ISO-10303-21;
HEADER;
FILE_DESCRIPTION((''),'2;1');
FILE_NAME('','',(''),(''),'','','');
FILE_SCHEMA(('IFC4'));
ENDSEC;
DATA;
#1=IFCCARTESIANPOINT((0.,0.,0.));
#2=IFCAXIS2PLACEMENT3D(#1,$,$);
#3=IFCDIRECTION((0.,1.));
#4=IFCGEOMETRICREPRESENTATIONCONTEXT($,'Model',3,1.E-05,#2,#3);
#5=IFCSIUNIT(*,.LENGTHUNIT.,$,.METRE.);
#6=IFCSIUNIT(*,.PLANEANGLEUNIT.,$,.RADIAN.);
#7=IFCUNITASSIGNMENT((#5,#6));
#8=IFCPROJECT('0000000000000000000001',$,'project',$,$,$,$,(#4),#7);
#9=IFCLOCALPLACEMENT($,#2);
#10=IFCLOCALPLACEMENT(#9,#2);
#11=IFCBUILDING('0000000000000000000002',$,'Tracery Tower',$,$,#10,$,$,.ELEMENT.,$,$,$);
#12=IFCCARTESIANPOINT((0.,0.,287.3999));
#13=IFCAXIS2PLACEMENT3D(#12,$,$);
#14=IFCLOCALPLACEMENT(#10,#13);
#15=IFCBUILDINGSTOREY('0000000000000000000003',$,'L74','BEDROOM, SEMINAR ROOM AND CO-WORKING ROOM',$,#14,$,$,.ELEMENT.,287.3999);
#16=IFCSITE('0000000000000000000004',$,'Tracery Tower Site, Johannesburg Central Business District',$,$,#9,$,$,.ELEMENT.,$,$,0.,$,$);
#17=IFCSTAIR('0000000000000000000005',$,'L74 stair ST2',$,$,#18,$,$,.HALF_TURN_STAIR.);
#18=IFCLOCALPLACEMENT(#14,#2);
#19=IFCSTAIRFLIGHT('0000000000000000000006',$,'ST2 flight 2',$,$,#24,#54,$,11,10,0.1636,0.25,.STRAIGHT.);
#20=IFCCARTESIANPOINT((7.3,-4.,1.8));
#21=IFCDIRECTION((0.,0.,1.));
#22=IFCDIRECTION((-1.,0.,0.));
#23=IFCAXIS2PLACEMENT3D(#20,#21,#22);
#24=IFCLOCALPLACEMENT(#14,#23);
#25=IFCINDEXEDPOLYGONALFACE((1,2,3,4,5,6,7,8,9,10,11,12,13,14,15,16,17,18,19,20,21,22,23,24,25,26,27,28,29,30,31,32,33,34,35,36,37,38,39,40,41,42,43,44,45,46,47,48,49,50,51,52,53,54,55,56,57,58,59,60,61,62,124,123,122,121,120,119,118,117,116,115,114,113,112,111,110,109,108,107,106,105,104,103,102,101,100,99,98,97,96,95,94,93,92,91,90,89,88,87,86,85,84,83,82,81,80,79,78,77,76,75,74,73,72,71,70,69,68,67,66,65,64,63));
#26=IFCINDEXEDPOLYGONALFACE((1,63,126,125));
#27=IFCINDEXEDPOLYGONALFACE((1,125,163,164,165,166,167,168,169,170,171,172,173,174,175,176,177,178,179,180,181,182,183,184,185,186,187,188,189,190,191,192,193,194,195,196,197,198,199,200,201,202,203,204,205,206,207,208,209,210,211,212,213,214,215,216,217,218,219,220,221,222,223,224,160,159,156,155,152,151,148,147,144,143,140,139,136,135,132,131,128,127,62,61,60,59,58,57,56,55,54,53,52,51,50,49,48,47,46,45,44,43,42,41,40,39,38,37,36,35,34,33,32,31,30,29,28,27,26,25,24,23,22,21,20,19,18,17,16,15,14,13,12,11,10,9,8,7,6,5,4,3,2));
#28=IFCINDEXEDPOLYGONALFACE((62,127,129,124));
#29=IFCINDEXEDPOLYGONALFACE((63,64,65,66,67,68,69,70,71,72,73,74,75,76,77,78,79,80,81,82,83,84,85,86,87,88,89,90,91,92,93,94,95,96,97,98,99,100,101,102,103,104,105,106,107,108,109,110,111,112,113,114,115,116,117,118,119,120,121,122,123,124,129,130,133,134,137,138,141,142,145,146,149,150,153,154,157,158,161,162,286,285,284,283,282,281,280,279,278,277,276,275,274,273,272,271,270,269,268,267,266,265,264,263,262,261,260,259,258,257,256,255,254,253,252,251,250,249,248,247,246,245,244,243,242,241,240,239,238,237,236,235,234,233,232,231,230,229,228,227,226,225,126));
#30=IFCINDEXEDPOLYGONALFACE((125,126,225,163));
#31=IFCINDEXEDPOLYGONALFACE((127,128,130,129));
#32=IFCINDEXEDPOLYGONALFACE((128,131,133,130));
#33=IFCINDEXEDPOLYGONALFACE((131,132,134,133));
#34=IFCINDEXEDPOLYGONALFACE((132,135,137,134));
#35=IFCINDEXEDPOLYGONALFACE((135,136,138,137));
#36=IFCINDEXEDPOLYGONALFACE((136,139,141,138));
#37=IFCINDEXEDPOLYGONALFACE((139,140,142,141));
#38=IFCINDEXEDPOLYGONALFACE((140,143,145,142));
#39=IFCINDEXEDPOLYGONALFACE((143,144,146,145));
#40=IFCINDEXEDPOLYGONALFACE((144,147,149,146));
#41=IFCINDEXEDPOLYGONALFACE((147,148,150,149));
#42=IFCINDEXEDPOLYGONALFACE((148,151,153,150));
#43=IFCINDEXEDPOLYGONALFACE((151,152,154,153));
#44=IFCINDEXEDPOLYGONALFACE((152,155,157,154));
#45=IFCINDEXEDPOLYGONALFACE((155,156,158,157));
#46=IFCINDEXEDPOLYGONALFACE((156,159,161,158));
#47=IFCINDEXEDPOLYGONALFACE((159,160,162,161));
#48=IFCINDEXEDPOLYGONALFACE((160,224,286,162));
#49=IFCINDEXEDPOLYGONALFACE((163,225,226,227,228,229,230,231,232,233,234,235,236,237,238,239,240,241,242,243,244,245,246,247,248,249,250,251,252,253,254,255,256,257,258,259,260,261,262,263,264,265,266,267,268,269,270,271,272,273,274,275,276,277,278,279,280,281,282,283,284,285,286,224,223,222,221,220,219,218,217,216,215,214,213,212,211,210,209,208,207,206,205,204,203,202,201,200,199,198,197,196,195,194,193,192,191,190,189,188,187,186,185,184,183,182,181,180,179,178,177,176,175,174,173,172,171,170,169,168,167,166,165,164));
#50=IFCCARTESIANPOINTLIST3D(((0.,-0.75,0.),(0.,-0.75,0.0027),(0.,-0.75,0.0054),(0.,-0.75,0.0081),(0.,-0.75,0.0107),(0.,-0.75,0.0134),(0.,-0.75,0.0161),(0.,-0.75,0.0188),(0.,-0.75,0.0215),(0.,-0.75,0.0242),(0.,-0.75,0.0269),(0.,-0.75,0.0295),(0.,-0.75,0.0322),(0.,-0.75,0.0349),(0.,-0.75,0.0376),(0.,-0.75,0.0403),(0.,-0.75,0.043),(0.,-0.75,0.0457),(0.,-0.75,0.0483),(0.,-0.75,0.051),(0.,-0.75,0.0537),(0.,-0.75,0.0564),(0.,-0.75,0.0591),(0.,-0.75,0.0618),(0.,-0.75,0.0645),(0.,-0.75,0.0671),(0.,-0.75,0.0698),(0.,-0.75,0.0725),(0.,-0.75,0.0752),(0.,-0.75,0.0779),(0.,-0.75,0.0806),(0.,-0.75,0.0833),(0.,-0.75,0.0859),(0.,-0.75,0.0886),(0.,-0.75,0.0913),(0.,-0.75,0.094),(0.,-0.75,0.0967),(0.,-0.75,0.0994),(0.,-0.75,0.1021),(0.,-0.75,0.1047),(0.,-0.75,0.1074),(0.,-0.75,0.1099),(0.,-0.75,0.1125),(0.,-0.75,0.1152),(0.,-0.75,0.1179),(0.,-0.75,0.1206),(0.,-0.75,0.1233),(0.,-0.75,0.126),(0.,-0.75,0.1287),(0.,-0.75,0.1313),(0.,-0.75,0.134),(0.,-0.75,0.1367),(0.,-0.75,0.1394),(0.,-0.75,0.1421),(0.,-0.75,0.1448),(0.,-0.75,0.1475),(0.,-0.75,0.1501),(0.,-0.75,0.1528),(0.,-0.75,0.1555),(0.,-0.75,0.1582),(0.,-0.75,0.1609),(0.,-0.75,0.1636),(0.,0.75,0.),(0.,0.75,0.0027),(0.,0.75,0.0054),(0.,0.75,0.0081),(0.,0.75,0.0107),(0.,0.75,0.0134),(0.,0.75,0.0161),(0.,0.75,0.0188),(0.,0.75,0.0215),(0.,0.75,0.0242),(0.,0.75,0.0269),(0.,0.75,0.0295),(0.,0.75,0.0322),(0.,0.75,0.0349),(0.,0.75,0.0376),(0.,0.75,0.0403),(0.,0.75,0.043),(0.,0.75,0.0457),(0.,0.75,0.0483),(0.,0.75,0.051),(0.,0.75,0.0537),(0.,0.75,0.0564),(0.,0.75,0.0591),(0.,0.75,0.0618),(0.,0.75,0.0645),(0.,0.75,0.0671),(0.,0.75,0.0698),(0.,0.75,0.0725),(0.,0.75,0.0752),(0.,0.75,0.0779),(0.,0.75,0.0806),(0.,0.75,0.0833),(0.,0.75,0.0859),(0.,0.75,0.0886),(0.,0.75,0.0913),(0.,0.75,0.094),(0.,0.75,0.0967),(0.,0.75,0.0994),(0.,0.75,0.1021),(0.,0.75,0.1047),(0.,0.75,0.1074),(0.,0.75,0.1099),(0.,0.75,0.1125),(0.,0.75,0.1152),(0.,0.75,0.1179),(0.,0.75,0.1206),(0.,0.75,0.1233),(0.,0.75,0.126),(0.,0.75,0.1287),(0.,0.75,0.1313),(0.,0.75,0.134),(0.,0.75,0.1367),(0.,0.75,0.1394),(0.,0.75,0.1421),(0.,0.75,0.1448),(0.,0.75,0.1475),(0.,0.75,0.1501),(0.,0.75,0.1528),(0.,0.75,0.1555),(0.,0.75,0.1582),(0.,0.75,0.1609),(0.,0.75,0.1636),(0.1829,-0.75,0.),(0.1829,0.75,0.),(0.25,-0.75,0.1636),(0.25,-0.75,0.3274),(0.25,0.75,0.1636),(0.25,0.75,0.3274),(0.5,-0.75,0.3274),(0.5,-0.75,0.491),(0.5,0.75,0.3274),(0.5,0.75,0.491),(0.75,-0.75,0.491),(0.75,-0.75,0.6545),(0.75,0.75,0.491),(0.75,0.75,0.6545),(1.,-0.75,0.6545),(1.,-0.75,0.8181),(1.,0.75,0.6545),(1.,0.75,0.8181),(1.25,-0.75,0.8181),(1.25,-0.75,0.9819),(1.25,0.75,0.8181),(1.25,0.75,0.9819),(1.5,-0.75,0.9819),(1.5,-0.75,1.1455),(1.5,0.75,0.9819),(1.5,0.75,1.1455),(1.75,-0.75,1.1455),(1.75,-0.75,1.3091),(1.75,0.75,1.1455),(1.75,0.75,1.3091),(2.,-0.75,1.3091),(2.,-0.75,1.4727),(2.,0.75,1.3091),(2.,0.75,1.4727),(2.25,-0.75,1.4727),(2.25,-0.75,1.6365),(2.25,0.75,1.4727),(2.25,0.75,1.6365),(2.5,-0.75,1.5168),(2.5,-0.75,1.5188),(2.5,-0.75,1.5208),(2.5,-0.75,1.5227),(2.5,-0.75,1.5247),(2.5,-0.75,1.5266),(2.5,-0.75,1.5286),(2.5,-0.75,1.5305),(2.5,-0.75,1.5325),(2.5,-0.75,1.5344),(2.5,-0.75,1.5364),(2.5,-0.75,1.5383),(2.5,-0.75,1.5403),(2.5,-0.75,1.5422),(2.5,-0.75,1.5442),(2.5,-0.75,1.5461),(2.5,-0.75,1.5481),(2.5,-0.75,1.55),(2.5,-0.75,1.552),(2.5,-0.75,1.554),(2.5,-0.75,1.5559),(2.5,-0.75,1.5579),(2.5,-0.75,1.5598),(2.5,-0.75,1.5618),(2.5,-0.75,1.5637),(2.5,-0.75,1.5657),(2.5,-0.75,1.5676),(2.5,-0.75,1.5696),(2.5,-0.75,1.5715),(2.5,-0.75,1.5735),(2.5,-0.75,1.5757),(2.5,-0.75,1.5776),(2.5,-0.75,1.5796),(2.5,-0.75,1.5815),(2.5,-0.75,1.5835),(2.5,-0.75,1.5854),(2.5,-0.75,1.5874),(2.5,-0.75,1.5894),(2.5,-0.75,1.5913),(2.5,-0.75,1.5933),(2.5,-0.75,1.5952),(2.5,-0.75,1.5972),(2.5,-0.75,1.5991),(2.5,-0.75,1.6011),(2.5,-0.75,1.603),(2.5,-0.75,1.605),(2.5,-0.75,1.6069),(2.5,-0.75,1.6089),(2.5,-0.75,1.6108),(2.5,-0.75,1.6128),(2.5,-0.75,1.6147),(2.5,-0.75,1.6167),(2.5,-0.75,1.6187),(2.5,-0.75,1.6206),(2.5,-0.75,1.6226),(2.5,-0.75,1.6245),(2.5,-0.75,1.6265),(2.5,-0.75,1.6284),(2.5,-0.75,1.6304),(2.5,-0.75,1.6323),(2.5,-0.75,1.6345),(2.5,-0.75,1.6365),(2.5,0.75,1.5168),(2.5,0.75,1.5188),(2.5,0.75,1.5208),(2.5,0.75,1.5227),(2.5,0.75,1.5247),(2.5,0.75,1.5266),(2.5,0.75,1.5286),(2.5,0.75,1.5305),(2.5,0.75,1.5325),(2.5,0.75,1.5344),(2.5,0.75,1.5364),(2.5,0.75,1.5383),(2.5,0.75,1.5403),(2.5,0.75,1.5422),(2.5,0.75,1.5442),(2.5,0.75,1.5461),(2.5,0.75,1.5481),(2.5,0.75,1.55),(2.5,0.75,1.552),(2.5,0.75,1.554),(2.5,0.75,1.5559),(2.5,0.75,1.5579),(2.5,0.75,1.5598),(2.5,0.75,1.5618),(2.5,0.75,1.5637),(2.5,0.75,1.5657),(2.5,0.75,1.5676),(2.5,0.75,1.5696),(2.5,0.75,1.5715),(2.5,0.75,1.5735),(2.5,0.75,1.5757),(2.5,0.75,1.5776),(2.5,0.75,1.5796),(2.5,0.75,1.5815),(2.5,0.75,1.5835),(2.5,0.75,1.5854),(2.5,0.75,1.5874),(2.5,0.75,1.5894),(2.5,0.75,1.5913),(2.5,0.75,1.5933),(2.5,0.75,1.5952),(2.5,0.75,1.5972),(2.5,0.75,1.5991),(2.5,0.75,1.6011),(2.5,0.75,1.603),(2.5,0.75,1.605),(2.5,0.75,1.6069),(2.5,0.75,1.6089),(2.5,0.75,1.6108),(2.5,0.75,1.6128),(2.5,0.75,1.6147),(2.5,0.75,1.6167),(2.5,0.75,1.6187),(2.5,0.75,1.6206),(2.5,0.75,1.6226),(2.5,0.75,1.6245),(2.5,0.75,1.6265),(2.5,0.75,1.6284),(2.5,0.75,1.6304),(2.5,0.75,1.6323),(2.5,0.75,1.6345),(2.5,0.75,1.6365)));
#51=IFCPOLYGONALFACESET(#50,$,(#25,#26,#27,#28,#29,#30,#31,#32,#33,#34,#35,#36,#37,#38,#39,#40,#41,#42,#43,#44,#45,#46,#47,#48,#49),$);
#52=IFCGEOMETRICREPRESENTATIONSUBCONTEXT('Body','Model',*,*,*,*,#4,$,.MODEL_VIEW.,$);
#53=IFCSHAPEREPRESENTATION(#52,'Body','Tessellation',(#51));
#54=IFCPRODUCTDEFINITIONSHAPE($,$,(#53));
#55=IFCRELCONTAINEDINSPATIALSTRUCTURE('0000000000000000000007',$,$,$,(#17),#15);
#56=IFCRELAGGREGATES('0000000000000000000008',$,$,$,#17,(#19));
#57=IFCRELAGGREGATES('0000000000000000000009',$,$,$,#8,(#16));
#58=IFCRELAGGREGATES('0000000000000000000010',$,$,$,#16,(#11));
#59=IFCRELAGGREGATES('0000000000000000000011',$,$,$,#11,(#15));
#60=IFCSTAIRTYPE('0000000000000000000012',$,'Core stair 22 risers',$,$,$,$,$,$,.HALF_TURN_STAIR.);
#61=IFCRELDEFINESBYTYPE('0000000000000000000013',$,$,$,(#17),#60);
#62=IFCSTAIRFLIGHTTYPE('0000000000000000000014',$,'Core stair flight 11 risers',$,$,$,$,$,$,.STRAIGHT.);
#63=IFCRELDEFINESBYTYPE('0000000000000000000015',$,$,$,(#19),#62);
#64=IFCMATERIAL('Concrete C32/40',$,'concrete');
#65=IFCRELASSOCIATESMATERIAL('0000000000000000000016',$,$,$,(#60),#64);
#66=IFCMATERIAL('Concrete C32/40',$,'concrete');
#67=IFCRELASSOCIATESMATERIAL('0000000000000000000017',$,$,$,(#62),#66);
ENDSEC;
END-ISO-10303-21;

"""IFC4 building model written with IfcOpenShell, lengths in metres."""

from ifc_helpers import new_model, si_unit, direction, frame, origin, place, context, subcontext, project, spatial, polyline, outline, extrude, material, type_object, element, aggregate, save


model = new_model("IFC4")

# Units and contexts
model_context = context("Model", 3, precision=1e-05, world=origin(), true_north=direction((0.0, 1.0)))
body_context = subcontext(model_context, "Body", "Model", "MODEL_VIEW")
ifc_project = project(units=[si_unit("LENGTHUNIT", "METRE"), si_unit("PLANEANGLEUNIT", "RADIAN")], contexts=[model_context])

# Site, building, storey
site_placement = place(None, origin())
site = spatial("IfcSite", under=ifc_project, at=site_placement, Name="Tracery Tower Site, Johannesburg Central Business District", CompositionType="ELEMENT", RefElevation=0.0)
building_placement = place(site_placement, origin())
building = spatial("IfcBuilding", under=site, at=building_placement, Name="Tracery Tower", CompositionType="ELEMENT")
storey_placement = place(building_placement, frame((0.0, 0.0, 287.3999)))
storey = spatial("IfcBuildingStorey", under=building, at=storey_placement, Name="L74", Description="BEDROOM, SEMINAR ROOM AND CO-WORKING ROOM", CompositionType="ELEMENT", Elevation=287.3999)

# Stair, stair flight
ifc_material_1 = material(Name="Concrete C32/40", Category="concrete")
stair_type = type_object("IfcStairType", Name="Core stair 22 risers", PredefinedType="HALF_TURN_STAIR", material=ifc_material_1)
stair_placement = place(storey_placement, origin())
stair = element("IfcStair", 1, at=stair_placement, inside=storey, type_object=stair_type, Name="L74 stair ST2", PredefinedType="HALF_TURN_STAIR")
ifc_material_2 = material(Name="Concrete C32/40", Category="concrete")
stair_flight_type = type_object("IfcStairFlightType", Name="Core stair flight 11 risers", PredefinedType="STRAIGHT", material=ifc_material_2)
stair_flight_placement = place(storey_placement, frame((7.3, -4.0, 1.8), z_axis=(0.0, 0.0, 1.0), x_axis=(-1.0, 0.0, 0.0)))
stair_flight = element("IfcStairFlight", 2, at=stair_flight_placement, type_object=stair_flight_type, Name="ST2 flight 2", NumberOfRisers=11, NumberOfTreads=10, PredefinedType="STRAIGHT", RiserHeight=0.1636, TreadLength=0.25, context=body_context, shape_type="SweptSolid", body=[
    extrude(outline(polyline([(0.0, 0.0), (0.0, 0.0027), (0.0, 0.0054), (0.0, 0.0081), (0.0, 0.0107), (0.0, 0.0134), (0.0, 0.0161), (0.0, 0.0188), (0.0, 0.0215), (0.0, 0.0242), (0.0, 0.0269), (0.0, 0.0295), (0.0, 0.0322), (0.0, 0.0349), (0.0, 0.0376), (0.0, 0.0403), (0.0, 0.043), (0.0, 0.0457), (0.0, 0.0483), (0.0, 0.051), (0.0, 0.0537), (0.0, 0.0564), (0.0, 0.0591), (0.0, 0.0618), (0.0, 0.0645), (0.0, 0.0671), (0.0, 0.0698), (0.0, 0.0725), (0.0, 0.0752), (0.0, 0.0779), (0.0, 0.0806), (0.0, 0.0833), (0.0, 0.0859), (0.0, 0.0886), (0.0, 0.0913), (0.0, 0.094), (0.0, 0.0967), (0.0, 0.0994), (0.0, 0.1021), (0.0, 0.1047), (0.0, 0.1074), (0.0, 0.1099), (0.0, 0.1125), (0.0, 0.1152), (0.0, 0.1179), (0.0, 0.1206), (0.0, 0.1233), (0.0, 0.126), (0.0, 0.1287), (0.0, 0.1313), (0.0, 0.134), (0.0, 0.1367), (0.0, 0.1394), (0.0, 0.1421), (0.0, 0.1448), (0.0, 0.1475), (0.0, 0.1501), (0.0, 0.1528), (0.0, 0.1555), (0.0, 0.1582), (0.0, 0.1609), (0.0, 0.1636), (0.25, 0.1636), (0.25, 0.3274), (0.5, 0.3274), (0.5, 0.491), (0.75, 0.491), (0.75, 0.6545), (1.0, 0.6545), (1.0, 0.8181), (1.25, 0.8181), (1.25, 0.9819), (1.5, 0.9819), (1.5, 1.1455), (1.75, 1.1455), (1.75, 1.3091), (2.0, 1.3091), (2.0, 1.4727), (2.25, 1.4727), (2.25, 1.6365), (2.5, 1.6365), (2.5, 1.6345), (2.5, 1.6323), (2.5, 1.6304), (2.5, 1.6284), (2.5, 1.6265), (2.5, 1.6245), (2.5, 1.6226), (2.5, 1.6206), (2.5, 1.6187), (2.5, 1.6167), (2.5, 1.6147), (2.5, 1.6128), (2.5, 1.6108), (2.5, 1.6089), (2.5, 1.6069), (2.5, 1.605), (2.5, 1.603), (2.5, 1.6011), (2.5, 1.5991), (2.5, 1.5972), (2.5, 1.5952), (2.5, 1.5933), (2.5, 1.5913), (2.5, 1.5894), (2.5, 1.5874), (2.5, 1.5854), (2.5, 1.5835), (2.5, 1.5815), (2.5, 1.5796), (2.5, 1.5776), (2.5, 1.5757), (2.5, 1.5735), (2.5, 1.5715), (2.5, 1.5696), (2.5, 1.5676), (2.5, 1.5657), (2.5, 1.5637), (2.5, 1.5618), (2.5, 1.5598), (2.5, 1.5579), (2.5, 1.5559), (2.5, 1.554), (2.5, 1.552), (2.5, 1.55), (2.5, 1.5481), (2.5, 1.5461), (2.5, 1.5442), (2.5, 1.5422), (2.5, 1.5403), (2.5, 1.5383), (2.5, 1.5364), (2.5, 1.5344), (2.5, 1.5325), (2.5, 1.5305), (2.5, 1.5286), (2.5, 1.5266), (2.5, 1.5247), (2.5, 1.5227), (2.5, 1.5208), (2.5, 1.5188), (2.5, 1.5168), (0.1829, 0.0), (0.0, 0.0)])), frame((0.0, 0.75, 0.0), z_axis=(0.0, -1.0, 0.0), x_axis=(1.0, 0.0, 0.0)), (0.0, 0.0, 1.0), 1.5),
])
aggregate(stair, [stair_flight])

save(model, "model.ifc")
